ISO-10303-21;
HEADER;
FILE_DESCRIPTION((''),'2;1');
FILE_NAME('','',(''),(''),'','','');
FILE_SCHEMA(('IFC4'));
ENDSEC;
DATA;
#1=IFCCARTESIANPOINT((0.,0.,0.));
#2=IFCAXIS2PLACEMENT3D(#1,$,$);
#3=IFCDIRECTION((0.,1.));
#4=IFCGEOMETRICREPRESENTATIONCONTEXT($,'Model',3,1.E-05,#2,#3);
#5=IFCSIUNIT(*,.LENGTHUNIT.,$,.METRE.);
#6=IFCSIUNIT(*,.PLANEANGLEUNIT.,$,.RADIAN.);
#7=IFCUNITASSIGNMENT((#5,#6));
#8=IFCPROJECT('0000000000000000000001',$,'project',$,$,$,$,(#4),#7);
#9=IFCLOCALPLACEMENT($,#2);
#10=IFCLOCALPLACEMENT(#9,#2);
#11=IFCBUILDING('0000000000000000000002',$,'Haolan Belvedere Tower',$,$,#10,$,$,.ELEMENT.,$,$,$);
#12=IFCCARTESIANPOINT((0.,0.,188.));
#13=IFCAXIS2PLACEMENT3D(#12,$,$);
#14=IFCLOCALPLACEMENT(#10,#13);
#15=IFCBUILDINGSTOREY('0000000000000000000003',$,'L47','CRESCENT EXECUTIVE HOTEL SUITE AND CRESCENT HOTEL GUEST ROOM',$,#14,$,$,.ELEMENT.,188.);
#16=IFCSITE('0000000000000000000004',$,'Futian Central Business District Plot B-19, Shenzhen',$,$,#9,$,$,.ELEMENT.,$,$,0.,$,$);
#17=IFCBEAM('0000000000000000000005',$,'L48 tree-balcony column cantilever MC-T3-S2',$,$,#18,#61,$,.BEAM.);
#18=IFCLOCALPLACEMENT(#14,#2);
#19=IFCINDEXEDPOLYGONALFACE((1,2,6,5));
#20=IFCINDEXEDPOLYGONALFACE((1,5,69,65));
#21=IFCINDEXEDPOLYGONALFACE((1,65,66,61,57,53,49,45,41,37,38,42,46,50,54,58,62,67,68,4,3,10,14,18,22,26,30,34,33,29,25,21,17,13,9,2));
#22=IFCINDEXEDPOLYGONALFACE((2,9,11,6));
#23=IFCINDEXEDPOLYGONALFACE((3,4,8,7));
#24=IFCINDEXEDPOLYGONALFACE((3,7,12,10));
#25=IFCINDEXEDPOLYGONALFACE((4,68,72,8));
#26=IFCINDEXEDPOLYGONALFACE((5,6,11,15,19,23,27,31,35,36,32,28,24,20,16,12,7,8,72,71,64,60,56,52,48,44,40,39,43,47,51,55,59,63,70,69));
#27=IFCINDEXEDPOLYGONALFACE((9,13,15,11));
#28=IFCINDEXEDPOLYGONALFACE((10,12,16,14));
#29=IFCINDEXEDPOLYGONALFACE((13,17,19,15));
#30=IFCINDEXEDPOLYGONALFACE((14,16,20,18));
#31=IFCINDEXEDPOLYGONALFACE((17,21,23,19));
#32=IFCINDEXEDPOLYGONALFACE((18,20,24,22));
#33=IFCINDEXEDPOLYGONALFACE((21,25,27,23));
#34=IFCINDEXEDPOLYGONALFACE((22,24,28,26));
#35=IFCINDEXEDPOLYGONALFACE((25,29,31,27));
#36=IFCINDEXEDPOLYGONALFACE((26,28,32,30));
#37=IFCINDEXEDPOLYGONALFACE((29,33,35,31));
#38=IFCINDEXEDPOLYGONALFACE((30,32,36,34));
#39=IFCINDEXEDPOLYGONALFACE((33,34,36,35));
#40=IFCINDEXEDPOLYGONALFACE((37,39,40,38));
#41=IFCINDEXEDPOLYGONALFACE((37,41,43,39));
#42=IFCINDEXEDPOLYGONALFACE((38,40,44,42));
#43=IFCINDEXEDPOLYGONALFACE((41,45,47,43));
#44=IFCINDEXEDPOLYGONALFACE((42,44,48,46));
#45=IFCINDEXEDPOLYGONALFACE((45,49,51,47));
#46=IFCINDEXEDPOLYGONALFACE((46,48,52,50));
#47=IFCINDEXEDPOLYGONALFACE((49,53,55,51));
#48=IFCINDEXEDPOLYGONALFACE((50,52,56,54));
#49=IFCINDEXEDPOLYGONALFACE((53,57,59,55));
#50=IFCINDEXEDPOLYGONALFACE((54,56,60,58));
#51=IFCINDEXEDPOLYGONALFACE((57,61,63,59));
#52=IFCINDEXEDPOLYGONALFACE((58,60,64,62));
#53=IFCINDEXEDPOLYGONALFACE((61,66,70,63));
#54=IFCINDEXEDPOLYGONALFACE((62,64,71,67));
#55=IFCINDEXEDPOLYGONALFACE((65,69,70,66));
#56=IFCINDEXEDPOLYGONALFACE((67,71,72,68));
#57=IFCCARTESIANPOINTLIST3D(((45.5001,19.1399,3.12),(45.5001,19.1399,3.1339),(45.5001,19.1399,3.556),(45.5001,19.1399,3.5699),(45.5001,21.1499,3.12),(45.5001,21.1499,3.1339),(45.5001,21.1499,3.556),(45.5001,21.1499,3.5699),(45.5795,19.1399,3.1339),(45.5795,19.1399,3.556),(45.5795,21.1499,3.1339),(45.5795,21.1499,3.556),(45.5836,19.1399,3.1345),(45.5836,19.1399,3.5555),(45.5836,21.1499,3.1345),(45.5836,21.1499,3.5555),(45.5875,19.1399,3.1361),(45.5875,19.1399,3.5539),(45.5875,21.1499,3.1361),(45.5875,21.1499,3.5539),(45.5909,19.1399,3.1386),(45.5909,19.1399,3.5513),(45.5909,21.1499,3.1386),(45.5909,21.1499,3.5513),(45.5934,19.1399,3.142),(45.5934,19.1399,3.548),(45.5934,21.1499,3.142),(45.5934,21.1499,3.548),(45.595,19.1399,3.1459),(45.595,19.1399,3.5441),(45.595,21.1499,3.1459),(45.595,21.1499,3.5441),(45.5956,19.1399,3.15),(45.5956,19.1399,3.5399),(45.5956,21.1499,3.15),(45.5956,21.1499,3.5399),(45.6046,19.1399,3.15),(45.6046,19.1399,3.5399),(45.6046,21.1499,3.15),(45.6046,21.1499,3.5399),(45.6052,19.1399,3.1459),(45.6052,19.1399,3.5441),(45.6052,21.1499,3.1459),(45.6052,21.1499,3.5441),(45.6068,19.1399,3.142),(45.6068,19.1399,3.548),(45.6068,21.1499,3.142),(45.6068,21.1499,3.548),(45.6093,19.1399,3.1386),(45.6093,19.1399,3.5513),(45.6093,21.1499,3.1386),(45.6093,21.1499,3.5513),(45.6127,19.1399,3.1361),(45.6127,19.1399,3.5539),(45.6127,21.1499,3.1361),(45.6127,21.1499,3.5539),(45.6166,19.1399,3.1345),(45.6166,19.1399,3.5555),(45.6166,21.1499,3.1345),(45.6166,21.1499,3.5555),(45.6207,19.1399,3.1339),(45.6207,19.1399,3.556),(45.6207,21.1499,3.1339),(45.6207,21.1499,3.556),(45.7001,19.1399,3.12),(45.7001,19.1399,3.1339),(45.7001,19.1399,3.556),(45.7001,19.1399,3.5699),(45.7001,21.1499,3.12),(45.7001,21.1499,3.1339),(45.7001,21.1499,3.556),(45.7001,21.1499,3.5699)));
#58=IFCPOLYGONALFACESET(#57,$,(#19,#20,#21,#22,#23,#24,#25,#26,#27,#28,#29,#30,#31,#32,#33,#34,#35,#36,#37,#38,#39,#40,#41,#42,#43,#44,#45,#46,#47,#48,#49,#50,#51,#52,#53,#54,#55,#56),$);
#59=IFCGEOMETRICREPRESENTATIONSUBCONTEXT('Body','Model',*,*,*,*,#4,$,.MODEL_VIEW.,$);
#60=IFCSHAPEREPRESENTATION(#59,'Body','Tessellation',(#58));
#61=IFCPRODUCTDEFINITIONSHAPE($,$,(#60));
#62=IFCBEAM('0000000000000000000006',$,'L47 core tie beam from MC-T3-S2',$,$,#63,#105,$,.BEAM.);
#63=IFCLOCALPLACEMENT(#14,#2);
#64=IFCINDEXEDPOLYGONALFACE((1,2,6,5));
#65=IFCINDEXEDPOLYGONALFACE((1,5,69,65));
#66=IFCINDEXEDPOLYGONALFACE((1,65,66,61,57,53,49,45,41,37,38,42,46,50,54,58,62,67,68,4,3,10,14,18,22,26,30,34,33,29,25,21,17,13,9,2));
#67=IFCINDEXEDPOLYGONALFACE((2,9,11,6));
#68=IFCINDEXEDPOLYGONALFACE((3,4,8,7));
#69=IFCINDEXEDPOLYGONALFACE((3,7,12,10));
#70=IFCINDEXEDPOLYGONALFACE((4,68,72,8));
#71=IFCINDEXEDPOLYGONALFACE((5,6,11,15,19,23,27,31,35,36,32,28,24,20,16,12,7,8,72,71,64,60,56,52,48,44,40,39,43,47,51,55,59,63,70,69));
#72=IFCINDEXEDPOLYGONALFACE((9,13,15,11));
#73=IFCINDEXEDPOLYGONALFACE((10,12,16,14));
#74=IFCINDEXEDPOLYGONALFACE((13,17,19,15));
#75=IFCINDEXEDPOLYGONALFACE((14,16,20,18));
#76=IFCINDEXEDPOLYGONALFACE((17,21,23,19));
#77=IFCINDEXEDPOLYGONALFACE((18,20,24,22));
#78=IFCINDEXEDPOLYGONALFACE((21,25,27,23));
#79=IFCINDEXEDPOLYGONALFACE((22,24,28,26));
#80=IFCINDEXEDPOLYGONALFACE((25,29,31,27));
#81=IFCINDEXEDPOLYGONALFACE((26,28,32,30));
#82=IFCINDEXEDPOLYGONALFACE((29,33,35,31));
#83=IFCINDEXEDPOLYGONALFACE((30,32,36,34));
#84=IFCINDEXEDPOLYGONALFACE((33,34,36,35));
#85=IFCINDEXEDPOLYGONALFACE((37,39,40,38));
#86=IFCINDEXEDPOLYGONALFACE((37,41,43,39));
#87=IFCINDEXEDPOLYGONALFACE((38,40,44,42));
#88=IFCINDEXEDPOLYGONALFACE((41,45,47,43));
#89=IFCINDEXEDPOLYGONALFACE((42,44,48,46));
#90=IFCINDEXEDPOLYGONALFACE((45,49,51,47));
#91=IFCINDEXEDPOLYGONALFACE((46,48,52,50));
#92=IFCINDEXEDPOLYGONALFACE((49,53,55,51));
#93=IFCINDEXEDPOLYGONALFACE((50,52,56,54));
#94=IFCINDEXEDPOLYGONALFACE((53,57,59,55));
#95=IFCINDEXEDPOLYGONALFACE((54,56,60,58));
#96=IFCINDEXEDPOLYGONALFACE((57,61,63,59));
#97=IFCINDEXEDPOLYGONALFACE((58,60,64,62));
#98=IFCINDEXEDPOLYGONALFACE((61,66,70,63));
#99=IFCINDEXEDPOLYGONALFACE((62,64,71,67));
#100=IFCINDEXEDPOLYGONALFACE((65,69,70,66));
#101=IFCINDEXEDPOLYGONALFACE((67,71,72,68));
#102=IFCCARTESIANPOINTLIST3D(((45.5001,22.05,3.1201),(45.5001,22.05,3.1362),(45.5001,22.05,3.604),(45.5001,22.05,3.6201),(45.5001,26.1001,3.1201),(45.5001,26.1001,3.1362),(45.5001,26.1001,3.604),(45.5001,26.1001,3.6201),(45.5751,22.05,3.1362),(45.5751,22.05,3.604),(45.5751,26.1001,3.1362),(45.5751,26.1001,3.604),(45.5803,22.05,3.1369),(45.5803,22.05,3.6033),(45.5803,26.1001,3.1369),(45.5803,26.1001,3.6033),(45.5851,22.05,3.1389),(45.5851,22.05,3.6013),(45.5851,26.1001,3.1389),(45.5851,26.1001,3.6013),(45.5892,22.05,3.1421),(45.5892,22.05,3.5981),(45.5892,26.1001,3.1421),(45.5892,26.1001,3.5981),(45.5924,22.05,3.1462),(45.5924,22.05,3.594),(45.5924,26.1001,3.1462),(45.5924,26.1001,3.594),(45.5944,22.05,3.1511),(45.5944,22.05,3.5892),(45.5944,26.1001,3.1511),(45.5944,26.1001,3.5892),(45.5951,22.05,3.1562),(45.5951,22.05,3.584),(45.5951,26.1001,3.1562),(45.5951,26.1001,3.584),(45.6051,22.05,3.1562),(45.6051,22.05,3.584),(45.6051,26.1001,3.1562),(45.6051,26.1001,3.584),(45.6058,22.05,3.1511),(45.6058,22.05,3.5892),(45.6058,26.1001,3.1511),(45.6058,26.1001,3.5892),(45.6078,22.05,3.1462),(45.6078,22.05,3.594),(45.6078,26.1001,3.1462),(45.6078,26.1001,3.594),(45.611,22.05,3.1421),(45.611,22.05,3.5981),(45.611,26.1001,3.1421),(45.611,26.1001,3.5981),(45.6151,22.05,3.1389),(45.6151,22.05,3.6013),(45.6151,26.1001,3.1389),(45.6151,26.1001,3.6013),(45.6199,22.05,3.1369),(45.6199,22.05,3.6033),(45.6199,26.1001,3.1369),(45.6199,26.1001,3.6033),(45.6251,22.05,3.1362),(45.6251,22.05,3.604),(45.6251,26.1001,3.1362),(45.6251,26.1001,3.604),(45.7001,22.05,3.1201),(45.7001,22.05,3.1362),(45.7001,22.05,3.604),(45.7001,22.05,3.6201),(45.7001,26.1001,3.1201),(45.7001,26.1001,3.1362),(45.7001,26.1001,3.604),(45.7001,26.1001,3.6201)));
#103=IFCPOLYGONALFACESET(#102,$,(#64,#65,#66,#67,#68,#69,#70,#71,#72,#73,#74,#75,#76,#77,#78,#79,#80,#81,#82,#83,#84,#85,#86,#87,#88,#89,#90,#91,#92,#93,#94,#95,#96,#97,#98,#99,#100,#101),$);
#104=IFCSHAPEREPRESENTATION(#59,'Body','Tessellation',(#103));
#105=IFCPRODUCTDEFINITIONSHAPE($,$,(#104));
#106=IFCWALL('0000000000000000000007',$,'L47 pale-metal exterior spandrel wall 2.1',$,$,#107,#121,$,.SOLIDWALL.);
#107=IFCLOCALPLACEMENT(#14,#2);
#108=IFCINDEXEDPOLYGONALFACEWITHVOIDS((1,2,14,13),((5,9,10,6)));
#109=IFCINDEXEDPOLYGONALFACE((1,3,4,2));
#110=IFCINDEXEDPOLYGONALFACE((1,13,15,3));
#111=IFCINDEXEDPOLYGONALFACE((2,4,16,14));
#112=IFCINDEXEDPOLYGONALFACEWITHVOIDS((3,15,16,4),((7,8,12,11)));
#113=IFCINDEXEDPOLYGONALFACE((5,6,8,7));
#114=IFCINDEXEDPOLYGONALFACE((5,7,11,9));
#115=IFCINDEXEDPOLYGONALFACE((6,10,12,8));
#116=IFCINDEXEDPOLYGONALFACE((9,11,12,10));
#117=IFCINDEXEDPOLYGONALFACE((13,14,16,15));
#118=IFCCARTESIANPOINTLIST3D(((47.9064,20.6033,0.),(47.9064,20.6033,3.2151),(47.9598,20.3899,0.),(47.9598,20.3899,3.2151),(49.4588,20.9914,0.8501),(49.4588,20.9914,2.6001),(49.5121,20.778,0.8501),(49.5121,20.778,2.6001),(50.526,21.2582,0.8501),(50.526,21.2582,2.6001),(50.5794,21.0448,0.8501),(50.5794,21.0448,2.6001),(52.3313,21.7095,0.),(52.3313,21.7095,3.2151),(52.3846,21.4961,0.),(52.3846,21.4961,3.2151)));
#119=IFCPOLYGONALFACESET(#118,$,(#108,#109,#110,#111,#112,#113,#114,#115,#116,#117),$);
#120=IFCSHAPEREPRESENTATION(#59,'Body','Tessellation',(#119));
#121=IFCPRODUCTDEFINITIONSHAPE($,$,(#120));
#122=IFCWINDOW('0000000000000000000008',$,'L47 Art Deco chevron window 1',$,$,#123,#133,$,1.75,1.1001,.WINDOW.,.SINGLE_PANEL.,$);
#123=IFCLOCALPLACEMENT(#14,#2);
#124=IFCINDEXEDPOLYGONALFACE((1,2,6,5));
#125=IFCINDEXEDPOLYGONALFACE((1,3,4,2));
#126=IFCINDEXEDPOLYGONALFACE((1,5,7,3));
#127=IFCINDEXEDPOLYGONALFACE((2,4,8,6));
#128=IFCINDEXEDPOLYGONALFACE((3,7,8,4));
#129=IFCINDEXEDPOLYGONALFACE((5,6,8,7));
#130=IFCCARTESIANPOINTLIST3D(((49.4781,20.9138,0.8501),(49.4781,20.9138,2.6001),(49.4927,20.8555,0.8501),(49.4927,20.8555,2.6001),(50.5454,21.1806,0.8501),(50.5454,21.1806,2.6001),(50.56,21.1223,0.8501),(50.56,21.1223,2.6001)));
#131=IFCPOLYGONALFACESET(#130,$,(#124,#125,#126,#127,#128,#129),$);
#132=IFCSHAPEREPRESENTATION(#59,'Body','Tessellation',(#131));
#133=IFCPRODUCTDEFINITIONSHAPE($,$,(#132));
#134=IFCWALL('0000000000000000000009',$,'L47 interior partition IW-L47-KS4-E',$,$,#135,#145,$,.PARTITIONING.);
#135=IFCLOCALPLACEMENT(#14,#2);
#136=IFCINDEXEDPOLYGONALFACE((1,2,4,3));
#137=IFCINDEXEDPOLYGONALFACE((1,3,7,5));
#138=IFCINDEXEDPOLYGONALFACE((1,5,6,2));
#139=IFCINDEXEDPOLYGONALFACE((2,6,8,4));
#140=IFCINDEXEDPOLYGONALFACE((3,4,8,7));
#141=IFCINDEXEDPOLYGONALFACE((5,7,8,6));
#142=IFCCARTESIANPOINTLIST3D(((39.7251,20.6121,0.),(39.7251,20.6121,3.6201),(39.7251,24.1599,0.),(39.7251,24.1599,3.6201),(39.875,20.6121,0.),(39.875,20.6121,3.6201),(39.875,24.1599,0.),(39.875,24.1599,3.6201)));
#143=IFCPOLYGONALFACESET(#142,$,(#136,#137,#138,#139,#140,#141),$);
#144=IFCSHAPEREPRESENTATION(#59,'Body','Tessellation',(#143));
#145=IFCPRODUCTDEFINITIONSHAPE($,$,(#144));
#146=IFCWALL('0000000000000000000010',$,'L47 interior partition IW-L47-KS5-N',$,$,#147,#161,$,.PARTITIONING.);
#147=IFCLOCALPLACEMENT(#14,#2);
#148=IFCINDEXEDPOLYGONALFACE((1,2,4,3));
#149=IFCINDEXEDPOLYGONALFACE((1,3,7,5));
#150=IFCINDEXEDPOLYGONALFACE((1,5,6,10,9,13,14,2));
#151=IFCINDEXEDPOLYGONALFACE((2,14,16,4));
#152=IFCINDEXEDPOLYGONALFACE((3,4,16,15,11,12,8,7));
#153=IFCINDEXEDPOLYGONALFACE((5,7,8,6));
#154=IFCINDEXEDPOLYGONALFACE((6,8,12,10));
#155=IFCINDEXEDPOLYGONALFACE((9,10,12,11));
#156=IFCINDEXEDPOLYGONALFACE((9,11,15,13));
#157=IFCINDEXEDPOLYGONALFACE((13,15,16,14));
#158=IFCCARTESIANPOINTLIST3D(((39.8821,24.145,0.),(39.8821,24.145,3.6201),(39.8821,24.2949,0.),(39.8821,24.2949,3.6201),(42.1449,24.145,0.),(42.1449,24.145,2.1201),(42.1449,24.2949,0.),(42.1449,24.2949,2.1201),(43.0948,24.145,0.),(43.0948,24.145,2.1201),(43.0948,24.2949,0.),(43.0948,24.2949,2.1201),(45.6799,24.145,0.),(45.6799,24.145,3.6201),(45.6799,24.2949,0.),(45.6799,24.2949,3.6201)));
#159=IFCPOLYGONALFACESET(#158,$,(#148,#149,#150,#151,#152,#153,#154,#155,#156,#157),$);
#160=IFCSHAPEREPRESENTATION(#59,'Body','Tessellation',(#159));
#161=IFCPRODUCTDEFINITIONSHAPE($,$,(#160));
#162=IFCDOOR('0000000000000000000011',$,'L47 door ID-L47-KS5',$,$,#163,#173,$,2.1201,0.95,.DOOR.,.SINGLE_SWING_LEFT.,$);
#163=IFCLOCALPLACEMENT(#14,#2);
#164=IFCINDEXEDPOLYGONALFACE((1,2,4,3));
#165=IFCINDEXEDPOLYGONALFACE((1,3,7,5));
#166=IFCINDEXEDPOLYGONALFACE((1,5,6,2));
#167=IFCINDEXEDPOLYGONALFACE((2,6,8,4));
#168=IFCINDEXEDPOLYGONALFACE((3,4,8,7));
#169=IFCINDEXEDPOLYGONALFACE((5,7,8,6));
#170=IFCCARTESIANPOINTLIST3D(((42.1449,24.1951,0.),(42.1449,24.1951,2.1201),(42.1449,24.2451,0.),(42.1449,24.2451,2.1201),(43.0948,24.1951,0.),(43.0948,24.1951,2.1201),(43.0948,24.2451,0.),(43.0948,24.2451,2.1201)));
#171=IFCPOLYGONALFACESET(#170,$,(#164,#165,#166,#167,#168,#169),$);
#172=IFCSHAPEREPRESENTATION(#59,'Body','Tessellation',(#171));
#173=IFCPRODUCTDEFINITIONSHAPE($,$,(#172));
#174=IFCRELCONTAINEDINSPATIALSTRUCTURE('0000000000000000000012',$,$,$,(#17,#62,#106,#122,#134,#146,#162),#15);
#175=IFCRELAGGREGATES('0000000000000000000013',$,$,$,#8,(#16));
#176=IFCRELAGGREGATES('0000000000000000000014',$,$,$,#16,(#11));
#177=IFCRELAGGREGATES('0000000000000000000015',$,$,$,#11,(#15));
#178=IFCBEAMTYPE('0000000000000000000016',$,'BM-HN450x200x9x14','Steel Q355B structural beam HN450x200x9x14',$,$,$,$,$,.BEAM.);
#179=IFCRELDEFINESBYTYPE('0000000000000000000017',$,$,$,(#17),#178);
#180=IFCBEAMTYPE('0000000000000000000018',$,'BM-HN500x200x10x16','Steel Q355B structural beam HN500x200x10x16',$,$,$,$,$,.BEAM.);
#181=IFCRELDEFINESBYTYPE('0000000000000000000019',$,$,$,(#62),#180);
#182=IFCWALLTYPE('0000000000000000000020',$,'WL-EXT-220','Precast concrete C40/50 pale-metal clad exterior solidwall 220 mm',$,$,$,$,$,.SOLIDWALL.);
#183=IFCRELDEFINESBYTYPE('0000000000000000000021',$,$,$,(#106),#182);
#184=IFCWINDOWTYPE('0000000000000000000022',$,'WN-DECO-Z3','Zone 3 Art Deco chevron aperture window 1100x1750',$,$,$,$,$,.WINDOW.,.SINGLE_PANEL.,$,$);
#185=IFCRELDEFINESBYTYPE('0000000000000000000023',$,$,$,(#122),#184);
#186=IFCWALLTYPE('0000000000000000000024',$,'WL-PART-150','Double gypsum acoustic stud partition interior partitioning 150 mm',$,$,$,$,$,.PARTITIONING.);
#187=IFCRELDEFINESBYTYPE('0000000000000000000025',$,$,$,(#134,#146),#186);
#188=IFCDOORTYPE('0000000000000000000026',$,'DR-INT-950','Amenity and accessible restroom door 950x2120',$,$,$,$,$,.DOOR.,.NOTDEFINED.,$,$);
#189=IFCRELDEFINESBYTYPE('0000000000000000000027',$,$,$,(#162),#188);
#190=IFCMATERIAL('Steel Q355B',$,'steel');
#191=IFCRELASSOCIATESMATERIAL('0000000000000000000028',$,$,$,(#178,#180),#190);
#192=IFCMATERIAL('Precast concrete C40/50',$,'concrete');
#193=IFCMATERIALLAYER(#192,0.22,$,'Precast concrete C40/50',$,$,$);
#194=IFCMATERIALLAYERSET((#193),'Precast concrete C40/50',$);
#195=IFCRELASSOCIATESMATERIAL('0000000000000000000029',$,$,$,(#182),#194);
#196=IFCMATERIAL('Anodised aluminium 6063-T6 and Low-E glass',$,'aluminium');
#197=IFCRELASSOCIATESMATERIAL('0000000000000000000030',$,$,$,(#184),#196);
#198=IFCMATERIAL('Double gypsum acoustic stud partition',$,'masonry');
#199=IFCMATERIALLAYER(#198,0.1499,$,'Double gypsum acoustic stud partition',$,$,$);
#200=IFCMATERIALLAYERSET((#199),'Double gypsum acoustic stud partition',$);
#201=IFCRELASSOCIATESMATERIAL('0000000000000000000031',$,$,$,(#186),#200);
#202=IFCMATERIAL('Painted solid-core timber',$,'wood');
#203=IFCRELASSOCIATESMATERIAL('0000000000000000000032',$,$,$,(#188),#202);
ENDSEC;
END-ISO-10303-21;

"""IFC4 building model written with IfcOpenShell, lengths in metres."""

from ifc_helpers import new_model, si_unit, direction, frame, frame_2d, origin, origin_2d, place, context, subcontext, project, spatial, rectangle, i_section, extrude, material, layer, layer_set, material_profile, profile_set, type_object, element, fill, save


model = new_model("IFC4")

# Units and contexts
model_context = context("Model", 3, precision=1e-05, world=origin(), true_north=direction((0.0, 1.0)))
body_context = subcontext(model_context, "Body", "Model", "MODEL_VIEW")
ifc_project = project(units=[si_unit("LENGTHUNIT", "METRE"), si_unit("PLANEANGLEUNIT", "RADIAN")], contexts=[model_context])

# Site, building, storey
site_placement = place(None, origin())
site = spatial("IfcSite", under=ifc_project, at=site_placement, Name="Futian Central Business District Plot B-19, Shenzhen", CompositionType="ELEMENT", RefElevation=0.0)
building_placement = place(site_placement, origin())
building = spatial("IfcBuilding", under=site, at=building_placement, Name="Haolan Belvedere Tower", CompositionType="ELEMENT")
storey_placement = place(building_placement, frame((0.0, 0.0, 188.0)))
storey = spatial("IfcBuildingStorey", under=building, at=storey_placement, Name="L47", Description="CRESCENT EXECUTIVE HOTEL SUITE AND CRESCENT HOTEL GUEST ROOM", CompositionType="ELEMENT", Elevation=188.0)

# Beams
ifc_material_1 = material(Name="Steel Q355B", Category="steel")
ifc_material_profile_1 = material_profile(ifc_material_1, i_section(OverallWidth=0.2, OverallDepth=0.45, WebThickness=0.009, FlangeThickness=0.0139, FilletRadius=0.0161, at=origin_2d()), Name="Steel Q355B")
ifc_profile_set_1 = profile_set([ifc_material_profile_1], Name="Steel Q355B")
beam_type_1 = type_object("IfcBeamType", Name="BM-HN450x200x9x14", Description="Steel Q355B structural beam HN450x200x9x14", PredefinedType="BEAM", material=ifc_profile_set_1)
beam_1_placement = place(storey_placement, frame((45.6001, 21.1499, 3.345), z_axis=(0.0, -1.0, 0.0), x_axis=(1.0, 0.0, 0.0)))
element("IfcBeam", 1, at=beam_1_placement, inside=storey, type_object=beam_type_1, Name="L48 tree-balcony column cantilever MC-T3-S2", PredefinedType="BEAM", context=body_context, shape_type="SweptSolid", body=[
    extrude(i_section(OverallWidth=0.2, OverallDepth=0.45, WebThickness=0.009, FlangeThickness=0.0139, FilletRadius=0.0161, at=origin_2d()), origin(), (0.0, 0.0, 1.0), 2.01),
])
ifc_material_profile_2 = material_profile(ifc_material_1, i_section(OverallWidth=0.2, OverallDepth=0.5, WebThickness=0.01, FlangeThickness=0.0161, FilletRadius=0.02, at=origin_2d()), Name="Steel Q355B")
ifc_profile_set_2 = profile_set([ifc_material_profile_2], Name="Steel Q355B")
beam_type_2 = type_object("IfcBeamType", Name="BM-HN500x200x10x16", Description="Steel Q355B structural beam HN500x200x10x16", PredefinedType="BEAM", material=ifc_profile_set_2)
beam_2_placement = place(storey_placement, frame((45.6001, 22.05, 3.3701), z_axis=(0.0, 1.0, 0.0), x_axis=(-1.0, 0.0, 0.0)))
element("IfcBeam", 2, at=beam_2_placement, inside=storey, type_object=beam_type_2, Name="L47 core tie beam from MC-T3-S2", PredefinedType="BEAM", context=body_context, shape_type="SweptSolid", body=[
    extrude(i_section(OverallWidth=0.2, OverallDepth=0.5, WebThickness=0.01, FlangeThickness=0.0161, FilletRadius=0.02, at=origin_2d()), origin(), (0.0, 0.0, 1.0), 4.05),
])

# Wall, opening, window
ifc_material_2 = material(Name="Precast concrete C40/50", Category="concrete")
ifc_layer_1 = layer(ifc_material_2, 0.22, Name="Precast concrete C40/50")
ifc_layer_set_1 = layer_set([ifc_layer_1], Name="Precast concrete C40/50")
wall_type_1 = type_object("IfcWallType", Name="WL-EXT-220", Description="Precast concrete C40/50 pale-metal clad exterior solidwall 220 mm", PredefinedType="SOLIDWALL", material=ifc_layer_set_1)
wall_1_placement = place(storey_placement, frame((47.9331, 20.4966, 0.0), z_axis=(0.0, 0.0, 1.0), x_axis=(0.970143, 0.242536, 0.0)))
wall_1 = element("IfcWall", 3, at=wall_1_placement, inside=storey, type_object=wall_type_1, Name="L47 pale-metal exterior spandrel wall 2.1", PredefinedType="SOLIDWALL", context=body_context, shape_type="SweptSolid", body=[
    extrude(rectangle(XDim=4.561, YDim=0.22, at=frame_2d((2.2805, 0.0))), origin(), (0.0, 0.0, 1.0), 3.2151),
])
opening_1_placement = place(wall_1_placement, frame((1.6001, 0.0, 0.8501)))
opening_1 = element("IfcOpeningElement", 4, at=opening_1_placement, cuts=wall_1, PredefinedType="OPENING", context=body_context, shape_type="SweptSolid", body=[
    extrude(rectangle(XDim=1.1001, YDim=1.75, at=frame_2d((0.55, 0.875))), frame((0.0, 0.1199, 0.0), z_axis=(0.0, -1.0, 0.0), x_axis=(1.0, 0.0, 0.0)), (0.0, 0.0, 1.0), 0.24),
])
ifc_material_3 = material(Name="Anodised aluminium 6063-T6 and Low-E glass", Category="aluminium")
window_type = type_object("IfcWindowType", Name="WN-DECO-Z3", Description="Zone 3 Art Deco chevron aperture window 1100x1750", PartitioningType="SINGLE_PANEL", PredefinedType="WINDOW", material=ifc_material_3)
window_placement = place(opening_1_placement, origin())
window = element("IfcWindow", 5, at=window_placement, inside=storey, type_object=window_type, Name="L47 Art Deco chevron window 1", OverallHeight=1.75, OverallWidth=1.1001, PartitioningType="SINGLE_PANEL", PredefinedType="WINDOW", context=body_context, shape_type="SweptSolid", body=[
    extrude(rectangle(XDim=1.1001, YDim=1.75, at=frame_2d((0.55, 0.875))), frame((0.0, 0.03, 0.0), z_axis=(0.0, -1.0, 0.0), x_axis=(1.0, 0.0, 0.0)), (0.0, 0.0, 1.0), 0.0601),
])
fill(opening_1, window)

# Wall
ifc_material_4 = material(Name="Double gypsum acoustic stud partition", Category="masonry")
ifc_layer_2 = layer(ifc_material_4, 0.1499, Name="Double gypsum acoustic stud partition")
ifc_layer_set_2 = layer_set([ifc_layer_2], Name="Double gypsum acoustic stud partition")
wall_type_2 = type_object("IfcWallType", Name="WL-PART-150", Description="Double gypsum acoustic stud partition interior partitioning 150 mm", PredefinedType="PARTITIONING", material=ifc_layer_set_2)
wall_2_placement = place(storey_placement, frame((39.8, 20.6121, 0.0), z_axis=(0.0, 0.0, 1.0), x_axis=(0.0, 1.0, 0.0)))
element("IfcWall", 6, at=wall_2_placement, inside=storey, type_object=wall_type_2, Name="L47 interior partition IW-L47-KS4-E", PredefinedType="PARTITIONING", context=body_context, shape_type="SweptSolid", body=[
    extrude(rectangle(XDim=3.5479, YDim=0.1499, at=frame_2d((1.7739, 0.0))), origin(), (0.0, 0.0, 1.0), 3.6201),
])

# Wall, opening, door
wall_3_placement = place(storey_placement, frame((39.8821, 24.22, 0.0), z_axis=(0.0, 0.0, 1.0), x_axis=(1.0, 0.0, 0.0)))
wall_3 = element("IfcWall", 7, at=wall_3_placement, inside=storey, type_object=wall_type_2, Name="L47 interior partition IW-L47-KS5-N", PredefinedType="PARTITIONING", context=body_context, shape_type="SweptSolid", body=[
    extrude(rectangle(XDim=5.7979, YDim=0.1499, at=frame_2d((2.8989, 0.0))), origin(), (0.0, 0.0, 1.0), 3.6201),
])
opening_2_placement = place(wall_3_placement, frame((3.2129, 0.0, 0.0), z_axis=(0.0, 0.0, 1.0), x_axis=(-1.0, 0.0, 0.0)))
opening_2 = element("IfcOpeningElement", 8, at=opening_2_placement, cuts=wall_3, PredefinedType="OPENING", context=body_context, shape_type="SweptSolid", body=[
    extrude(rectangle(XDim=0.95, YDim=2.1201, at=frame_2d((0.4751, 1.0601))), frame((0.0, 0.085, 0.0), z_axis=(0.0, -1.0, 0.0), x_axis=(1.0, 0.0, 0.0)), (0.0, 0.0, 1.0), 0.1699),
])
ifc_material_5 = material(Name="Painted solid-core timber", Category="wood")
door_type_1 = type_object("IfcDoorType", Name="DR-INT-950", Description="Amenity and accessible restroom door 950x2120", OperationType="NOTDEFINED", PredefinedType="DOOR", material=ifc_material_5)
door_1_placement = place(opening_2_placement, origin())
door_1 = element("IfcDoor", 9, at=door_1_placement, inside=storey, type_object=door_type_1, Name="L47 door ID-L47-KS5", OperationType="SINGLE_SWING_LEFT", OverallHeight=2.1201, OverallWidth=0.95, PredefinedType="DOOR", context=body_context, shape_type="SweptSolid", body=[
    extrude(rectangle(XDim=0.95, YDim=2.1201, at=frame_2d((0.4751, 1.0601))), frame((0.0, 0.0249, 0.0), z_axis=(0.0, -1.0, 0.0), x_axis=(1.0, 0.0, 0.0)), (0.0, 0.0, 1.0), 0.05),
])
fill(opening_2, door_1)

save(model, "model.ifc")
